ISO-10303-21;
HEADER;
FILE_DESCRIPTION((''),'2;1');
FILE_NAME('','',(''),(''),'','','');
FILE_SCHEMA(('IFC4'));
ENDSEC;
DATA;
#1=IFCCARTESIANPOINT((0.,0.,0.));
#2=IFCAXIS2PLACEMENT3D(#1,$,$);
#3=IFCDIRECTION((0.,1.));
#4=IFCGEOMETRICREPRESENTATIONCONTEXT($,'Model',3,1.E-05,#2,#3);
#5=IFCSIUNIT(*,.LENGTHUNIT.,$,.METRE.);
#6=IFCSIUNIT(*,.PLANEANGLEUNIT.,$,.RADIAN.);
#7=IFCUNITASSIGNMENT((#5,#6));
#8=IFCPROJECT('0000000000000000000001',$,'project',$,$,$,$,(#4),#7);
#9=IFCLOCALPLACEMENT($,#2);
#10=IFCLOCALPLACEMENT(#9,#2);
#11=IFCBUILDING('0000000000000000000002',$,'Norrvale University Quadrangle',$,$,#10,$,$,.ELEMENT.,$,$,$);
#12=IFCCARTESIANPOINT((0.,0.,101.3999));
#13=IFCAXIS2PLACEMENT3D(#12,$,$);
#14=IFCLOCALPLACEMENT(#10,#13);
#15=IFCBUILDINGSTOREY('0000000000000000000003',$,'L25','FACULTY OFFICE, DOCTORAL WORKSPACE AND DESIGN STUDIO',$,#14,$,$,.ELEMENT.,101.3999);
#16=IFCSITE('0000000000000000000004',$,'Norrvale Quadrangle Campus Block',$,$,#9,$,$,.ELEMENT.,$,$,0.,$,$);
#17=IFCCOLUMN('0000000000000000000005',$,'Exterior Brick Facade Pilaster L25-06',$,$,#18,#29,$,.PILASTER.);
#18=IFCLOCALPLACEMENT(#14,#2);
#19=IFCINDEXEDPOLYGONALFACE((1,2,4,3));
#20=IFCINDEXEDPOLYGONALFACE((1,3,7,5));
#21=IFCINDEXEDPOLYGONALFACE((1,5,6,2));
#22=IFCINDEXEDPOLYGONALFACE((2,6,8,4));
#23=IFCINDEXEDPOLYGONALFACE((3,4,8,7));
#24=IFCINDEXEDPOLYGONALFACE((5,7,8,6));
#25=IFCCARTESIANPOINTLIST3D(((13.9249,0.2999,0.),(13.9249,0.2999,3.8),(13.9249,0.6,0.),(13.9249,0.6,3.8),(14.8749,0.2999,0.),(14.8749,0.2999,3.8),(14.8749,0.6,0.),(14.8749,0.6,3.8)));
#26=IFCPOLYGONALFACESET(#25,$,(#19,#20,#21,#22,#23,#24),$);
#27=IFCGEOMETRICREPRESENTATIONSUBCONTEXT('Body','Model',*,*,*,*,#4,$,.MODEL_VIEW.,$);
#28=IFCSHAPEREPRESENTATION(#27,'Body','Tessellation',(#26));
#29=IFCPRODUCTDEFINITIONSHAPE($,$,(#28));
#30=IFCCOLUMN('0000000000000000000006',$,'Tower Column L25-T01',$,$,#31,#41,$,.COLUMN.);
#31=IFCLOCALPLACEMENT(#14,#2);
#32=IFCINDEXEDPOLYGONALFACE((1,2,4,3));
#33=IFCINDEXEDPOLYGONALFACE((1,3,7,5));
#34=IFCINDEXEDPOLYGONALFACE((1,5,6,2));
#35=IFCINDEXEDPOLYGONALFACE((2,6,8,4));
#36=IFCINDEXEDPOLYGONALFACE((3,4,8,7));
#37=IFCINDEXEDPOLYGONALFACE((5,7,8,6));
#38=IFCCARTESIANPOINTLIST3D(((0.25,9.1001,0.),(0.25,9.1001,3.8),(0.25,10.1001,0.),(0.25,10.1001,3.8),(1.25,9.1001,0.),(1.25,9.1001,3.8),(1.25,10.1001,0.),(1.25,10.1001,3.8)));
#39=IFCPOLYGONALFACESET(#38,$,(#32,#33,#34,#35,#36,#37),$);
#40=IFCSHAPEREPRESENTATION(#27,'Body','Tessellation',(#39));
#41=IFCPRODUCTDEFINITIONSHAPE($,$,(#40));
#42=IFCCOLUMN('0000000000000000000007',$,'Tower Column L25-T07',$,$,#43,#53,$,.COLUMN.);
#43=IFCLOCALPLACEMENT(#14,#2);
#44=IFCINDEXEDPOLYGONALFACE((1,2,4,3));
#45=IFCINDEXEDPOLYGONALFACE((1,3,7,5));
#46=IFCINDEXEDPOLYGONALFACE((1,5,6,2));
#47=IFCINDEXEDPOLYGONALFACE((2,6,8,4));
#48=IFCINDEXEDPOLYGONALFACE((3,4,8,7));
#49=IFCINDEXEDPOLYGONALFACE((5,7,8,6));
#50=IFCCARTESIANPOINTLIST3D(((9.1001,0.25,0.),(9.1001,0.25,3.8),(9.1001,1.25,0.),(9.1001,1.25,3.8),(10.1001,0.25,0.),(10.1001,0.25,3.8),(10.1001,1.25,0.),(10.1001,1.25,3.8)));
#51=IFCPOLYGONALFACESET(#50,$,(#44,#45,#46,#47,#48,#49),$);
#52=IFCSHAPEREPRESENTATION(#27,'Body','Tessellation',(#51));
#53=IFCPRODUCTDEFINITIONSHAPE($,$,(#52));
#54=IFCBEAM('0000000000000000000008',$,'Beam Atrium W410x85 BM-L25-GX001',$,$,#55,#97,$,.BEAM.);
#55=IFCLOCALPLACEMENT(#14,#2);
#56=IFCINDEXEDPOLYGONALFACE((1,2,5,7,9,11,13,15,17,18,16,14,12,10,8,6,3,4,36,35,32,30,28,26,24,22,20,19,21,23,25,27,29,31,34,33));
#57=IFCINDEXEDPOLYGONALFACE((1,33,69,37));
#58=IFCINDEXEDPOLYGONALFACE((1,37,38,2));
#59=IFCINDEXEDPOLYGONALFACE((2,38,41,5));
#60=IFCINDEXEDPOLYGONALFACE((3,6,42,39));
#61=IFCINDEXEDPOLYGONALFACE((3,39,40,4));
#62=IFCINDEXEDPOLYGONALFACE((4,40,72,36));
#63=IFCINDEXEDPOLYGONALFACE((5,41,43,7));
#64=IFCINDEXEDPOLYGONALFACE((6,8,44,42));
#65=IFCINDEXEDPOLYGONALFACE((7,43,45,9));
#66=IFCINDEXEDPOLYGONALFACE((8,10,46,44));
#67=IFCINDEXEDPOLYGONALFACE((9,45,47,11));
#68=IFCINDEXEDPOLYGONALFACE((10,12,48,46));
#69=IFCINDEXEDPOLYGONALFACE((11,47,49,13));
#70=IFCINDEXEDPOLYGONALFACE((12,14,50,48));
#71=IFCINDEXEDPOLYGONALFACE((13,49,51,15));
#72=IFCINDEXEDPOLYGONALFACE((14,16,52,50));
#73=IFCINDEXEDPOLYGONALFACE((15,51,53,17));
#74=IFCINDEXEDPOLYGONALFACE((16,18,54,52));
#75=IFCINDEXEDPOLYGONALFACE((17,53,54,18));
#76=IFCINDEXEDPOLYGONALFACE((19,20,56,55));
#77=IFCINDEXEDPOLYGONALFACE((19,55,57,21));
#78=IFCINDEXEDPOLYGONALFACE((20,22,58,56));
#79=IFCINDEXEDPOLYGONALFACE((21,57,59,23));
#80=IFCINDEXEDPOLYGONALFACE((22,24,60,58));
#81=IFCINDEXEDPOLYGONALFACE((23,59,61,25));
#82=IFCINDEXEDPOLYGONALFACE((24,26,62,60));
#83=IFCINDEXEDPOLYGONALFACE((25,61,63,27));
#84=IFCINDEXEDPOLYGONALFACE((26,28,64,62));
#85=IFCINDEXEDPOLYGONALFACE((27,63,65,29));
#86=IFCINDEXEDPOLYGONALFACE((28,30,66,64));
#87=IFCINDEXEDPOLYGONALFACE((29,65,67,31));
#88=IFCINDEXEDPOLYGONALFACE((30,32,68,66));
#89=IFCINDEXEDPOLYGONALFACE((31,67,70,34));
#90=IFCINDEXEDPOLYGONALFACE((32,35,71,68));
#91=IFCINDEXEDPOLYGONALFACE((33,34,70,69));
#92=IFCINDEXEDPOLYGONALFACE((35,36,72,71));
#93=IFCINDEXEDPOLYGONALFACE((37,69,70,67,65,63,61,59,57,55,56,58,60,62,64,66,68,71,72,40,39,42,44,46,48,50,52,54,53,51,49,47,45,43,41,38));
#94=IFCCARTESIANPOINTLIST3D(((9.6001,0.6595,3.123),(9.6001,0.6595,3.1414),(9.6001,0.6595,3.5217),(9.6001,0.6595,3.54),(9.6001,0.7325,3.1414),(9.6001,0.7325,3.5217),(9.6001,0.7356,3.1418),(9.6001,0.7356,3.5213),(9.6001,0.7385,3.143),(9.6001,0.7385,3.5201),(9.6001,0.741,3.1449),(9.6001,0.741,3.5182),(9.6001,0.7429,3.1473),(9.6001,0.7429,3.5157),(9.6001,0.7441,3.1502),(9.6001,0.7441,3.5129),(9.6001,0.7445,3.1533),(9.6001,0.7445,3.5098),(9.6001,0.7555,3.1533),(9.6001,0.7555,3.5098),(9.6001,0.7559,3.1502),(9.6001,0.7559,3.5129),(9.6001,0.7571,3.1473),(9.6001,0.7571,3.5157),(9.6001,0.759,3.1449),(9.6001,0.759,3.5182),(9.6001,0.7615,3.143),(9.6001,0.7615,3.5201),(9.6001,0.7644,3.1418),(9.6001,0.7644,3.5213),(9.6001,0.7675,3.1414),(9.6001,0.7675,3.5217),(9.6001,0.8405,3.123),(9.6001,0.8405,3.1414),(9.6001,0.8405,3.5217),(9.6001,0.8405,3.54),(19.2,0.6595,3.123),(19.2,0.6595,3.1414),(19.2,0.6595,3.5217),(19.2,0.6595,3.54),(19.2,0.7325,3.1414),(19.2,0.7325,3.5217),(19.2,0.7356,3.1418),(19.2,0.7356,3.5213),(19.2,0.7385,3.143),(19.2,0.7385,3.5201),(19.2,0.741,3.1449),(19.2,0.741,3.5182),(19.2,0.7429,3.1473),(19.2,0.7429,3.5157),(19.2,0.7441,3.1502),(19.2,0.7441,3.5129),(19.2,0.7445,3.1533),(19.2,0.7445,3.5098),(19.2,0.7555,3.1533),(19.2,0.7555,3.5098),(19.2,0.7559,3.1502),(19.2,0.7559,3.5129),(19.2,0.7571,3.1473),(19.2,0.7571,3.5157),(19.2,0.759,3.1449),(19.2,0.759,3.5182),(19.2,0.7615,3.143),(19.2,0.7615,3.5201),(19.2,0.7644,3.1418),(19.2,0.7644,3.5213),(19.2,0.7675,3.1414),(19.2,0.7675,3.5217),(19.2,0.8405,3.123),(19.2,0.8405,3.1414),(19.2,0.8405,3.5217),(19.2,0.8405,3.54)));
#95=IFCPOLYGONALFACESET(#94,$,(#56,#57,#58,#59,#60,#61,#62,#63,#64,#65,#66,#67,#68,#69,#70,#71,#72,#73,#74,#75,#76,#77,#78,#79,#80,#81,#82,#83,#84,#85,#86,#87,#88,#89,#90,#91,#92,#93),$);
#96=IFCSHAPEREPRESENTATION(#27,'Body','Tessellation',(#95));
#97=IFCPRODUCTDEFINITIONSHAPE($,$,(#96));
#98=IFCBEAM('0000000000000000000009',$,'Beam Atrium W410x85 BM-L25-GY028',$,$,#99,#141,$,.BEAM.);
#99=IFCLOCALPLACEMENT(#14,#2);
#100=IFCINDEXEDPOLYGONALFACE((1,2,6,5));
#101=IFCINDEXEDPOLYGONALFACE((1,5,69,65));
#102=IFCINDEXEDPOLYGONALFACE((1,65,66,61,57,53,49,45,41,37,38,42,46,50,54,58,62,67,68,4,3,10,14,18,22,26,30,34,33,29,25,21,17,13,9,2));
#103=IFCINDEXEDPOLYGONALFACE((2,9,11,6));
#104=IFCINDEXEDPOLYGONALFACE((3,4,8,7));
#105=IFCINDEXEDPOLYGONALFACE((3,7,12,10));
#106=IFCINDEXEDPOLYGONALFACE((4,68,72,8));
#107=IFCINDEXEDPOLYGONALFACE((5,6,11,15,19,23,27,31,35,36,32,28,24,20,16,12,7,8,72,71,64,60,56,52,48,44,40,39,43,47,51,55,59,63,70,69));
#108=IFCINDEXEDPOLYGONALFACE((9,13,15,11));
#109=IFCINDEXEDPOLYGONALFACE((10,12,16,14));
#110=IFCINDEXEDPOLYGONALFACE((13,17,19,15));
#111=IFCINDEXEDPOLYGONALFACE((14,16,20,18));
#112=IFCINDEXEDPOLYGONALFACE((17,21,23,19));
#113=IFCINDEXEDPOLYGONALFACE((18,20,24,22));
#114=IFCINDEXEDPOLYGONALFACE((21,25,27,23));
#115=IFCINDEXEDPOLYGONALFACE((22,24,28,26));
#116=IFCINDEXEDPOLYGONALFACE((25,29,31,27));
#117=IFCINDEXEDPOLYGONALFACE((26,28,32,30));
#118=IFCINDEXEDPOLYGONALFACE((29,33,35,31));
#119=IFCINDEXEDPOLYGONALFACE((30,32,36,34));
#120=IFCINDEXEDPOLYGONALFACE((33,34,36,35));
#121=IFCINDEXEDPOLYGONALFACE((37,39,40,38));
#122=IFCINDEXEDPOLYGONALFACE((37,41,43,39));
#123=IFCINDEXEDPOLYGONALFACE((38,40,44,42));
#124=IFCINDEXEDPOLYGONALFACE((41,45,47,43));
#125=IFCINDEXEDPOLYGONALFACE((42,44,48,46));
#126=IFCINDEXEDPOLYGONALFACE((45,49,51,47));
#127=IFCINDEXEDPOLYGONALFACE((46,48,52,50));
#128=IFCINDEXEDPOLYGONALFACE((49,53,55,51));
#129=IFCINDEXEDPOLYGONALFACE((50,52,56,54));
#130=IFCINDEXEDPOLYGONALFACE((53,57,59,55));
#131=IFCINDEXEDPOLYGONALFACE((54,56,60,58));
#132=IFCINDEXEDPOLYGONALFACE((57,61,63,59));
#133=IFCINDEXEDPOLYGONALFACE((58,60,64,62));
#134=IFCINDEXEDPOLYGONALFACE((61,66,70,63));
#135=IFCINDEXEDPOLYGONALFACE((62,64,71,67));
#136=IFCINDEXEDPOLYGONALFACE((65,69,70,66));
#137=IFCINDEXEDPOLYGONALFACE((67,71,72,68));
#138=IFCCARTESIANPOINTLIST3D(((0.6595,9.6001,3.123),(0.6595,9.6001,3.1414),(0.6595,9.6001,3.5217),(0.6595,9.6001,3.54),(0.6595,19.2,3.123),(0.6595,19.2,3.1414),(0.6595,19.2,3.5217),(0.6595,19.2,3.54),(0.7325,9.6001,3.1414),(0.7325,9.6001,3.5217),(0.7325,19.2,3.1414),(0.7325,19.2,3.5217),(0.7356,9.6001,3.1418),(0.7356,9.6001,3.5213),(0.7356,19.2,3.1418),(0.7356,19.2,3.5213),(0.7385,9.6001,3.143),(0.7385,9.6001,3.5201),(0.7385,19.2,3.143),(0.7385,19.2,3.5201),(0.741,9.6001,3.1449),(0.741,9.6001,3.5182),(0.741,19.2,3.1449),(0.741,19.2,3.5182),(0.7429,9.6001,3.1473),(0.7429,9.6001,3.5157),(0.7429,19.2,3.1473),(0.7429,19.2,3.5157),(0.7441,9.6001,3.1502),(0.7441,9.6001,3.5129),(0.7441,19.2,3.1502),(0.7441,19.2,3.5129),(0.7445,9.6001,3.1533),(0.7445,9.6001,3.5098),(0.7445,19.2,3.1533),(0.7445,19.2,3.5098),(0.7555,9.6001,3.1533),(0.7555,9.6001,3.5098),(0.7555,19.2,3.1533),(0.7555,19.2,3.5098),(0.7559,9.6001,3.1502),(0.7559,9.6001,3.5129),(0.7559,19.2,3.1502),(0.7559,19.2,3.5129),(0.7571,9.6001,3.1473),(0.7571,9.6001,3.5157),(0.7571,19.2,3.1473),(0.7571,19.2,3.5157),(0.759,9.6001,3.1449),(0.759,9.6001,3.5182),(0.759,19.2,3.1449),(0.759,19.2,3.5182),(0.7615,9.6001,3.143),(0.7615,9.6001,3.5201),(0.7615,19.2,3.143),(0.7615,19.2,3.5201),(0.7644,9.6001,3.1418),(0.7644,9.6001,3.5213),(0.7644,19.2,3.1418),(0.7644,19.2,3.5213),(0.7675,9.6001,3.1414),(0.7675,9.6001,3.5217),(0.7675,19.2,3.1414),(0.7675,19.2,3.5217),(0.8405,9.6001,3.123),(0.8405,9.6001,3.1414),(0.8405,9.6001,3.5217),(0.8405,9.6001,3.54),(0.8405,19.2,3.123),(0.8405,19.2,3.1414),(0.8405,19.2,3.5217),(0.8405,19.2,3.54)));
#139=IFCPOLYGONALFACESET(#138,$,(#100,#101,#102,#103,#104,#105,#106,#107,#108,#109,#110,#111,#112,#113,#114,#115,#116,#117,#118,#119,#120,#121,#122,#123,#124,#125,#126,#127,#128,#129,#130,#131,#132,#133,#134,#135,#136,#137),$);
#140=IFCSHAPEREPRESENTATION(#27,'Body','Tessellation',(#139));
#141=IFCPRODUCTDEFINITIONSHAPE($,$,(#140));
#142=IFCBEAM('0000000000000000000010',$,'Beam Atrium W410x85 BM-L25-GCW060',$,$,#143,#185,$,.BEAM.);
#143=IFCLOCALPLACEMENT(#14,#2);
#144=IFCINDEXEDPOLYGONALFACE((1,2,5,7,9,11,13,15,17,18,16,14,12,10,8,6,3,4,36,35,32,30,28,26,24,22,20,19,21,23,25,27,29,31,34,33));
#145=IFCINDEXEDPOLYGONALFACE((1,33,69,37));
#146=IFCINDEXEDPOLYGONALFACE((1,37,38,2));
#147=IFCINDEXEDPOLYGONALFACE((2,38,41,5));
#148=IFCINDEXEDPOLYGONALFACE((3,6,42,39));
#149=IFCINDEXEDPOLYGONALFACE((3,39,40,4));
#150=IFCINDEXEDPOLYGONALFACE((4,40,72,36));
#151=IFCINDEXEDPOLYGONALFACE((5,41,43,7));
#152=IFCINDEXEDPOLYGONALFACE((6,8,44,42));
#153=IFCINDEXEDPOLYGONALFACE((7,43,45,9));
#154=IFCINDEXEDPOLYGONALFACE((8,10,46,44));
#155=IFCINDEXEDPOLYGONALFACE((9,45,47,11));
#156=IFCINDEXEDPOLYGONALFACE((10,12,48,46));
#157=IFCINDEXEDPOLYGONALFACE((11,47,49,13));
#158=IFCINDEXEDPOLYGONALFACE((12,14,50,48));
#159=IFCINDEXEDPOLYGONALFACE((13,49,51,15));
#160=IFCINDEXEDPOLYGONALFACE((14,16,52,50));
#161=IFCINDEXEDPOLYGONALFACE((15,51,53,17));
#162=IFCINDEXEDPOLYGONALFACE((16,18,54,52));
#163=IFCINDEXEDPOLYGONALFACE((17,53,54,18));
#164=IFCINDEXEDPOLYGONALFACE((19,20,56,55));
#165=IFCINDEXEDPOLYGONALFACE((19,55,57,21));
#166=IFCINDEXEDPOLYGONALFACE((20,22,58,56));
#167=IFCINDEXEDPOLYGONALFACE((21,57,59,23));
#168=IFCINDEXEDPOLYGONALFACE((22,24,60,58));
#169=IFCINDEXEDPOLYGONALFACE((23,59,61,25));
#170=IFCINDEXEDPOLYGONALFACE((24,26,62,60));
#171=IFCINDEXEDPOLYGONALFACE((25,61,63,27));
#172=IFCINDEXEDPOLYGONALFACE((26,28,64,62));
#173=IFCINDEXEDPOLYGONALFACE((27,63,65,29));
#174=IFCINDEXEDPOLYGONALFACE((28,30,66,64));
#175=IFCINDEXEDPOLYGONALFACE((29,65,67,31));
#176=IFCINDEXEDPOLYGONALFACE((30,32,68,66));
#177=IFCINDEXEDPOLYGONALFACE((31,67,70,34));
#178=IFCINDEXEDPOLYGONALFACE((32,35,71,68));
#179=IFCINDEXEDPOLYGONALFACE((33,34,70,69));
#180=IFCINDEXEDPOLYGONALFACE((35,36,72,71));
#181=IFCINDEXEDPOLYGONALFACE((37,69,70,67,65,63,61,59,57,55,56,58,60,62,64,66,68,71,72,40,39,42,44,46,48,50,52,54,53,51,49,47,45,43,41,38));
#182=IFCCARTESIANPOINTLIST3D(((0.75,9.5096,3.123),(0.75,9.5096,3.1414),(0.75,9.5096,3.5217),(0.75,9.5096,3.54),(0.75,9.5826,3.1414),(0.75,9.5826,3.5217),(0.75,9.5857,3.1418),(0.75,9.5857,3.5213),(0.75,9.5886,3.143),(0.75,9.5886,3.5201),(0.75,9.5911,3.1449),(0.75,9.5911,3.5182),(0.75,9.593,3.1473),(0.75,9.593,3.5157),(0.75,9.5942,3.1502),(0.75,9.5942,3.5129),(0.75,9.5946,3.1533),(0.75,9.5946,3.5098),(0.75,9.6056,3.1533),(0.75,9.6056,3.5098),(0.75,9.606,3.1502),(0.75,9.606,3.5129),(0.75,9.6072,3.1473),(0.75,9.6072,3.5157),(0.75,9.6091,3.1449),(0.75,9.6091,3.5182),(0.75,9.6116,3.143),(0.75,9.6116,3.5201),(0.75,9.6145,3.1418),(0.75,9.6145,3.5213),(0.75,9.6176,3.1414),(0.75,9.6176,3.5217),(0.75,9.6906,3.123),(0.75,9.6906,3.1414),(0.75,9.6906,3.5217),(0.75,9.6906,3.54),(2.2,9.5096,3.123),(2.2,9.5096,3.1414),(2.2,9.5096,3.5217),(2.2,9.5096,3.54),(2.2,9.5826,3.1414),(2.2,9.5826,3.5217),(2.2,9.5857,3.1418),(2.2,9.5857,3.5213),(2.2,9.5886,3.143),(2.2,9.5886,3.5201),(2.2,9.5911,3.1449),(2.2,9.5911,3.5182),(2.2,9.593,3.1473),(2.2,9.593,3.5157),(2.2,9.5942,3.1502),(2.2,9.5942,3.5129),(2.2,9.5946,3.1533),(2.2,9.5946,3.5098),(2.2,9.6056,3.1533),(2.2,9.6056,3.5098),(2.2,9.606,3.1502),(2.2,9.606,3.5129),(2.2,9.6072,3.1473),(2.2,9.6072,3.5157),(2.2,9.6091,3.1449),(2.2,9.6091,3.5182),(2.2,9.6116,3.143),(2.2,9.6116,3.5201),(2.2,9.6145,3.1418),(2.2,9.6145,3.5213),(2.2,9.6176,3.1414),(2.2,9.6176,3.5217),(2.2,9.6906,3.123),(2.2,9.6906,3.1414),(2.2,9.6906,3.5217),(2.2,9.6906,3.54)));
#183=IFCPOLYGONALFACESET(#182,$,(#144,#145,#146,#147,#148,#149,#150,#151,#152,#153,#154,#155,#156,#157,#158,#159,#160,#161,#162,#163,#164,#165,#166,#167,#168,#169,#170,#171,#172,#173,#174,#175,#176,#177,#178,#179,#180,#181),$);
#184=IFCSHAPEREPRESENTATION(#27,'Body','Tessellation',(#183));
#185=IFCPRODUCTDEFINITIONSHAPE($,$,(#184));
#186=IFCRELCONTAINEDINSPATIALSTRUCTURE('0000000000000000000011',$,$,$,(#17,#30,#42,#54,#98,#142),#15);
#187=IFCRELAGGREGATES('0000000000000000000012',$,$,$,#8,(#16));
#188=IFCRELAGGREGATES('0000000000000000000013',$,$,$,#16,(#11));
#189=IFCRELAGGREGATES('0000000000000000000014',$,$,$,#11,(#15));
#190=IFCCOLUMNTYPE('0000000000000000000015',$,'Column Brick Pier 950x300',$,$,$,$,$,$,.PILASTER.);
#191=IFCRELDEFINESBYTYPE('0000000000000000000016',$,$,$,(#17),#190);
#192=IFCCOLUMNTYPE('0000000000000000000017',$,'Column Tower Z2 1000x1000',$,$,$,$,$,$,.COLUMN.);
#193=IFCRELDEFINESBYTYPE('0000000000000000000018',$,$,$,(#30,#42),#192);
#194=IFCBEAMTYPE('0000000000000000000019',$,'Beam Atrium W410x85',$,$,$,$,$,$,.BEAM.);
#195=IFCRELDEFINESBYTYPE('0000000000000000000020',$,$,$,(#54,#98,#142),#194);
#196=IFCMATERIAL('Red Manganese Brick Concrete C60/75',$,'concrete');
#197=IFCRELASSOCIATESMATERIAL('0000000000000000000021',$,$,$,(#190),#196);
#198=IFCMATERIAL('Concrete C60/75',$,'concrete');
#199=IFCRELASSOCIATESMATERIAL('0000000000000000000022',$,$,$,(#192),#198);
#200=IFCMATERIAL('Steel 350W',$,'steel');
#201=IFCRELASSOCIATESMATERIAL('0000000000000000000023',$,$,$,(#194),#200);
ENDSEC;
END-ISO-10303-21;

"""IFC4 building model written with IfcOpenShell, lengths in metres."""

from ifc_helpers import new_model, si_unit, direction, frame, origin, origin_2d, place, context, subcontext, project, spatial, rectangle, i_section, extrude, material, material_profile, profile_set, type_object, element, save


model = new_model("IFC4")

# Units and contexts
model_context = context("Model", 3, precision=1e-05, world=origin(), true_north=direction((0.0, 1.0)))
body_context = subcontext(model_context, "Body", "Model", "MODEL_VIEW")
ifc_project = project(units=[si_unit("LENGTHUNIT", "METRE"), si_unit("PLANEANGLEUNIT", "RADIAN")], contexts=[model_context])

# Site, building, storey
site_placement = place(None, origin())
site = spatial("IfcSite", under=ifc_project, at=site_placement, Name="Norrvale Quadrangle Campus Block", CompositionType="ELEMENT", RefElevation=0.0)
building_placement = place(site_placement, origin())
building = spatial("IfcBuilding", under=site, at=building_placement, Name="Norrvale University Quadrangle", CompositionType="ELEMENT")
storey_placement = place(building_placement, frame((0.0, 0.0, 101.3999)))
storey = spatial("IfcBuildingStorey", under=building, at=storey_placement, Name="L25", Description="FACULTY OFFICE, DOCTORAL WORKSPACE AND DESIGN STUDIO", CompositionType="ELEMENT", Elevation=101.3999)

# Columns
ifc_material_1 = material(Name="Red Manganese Brick Concrete C60/75", Category="concrete")
ifc_material_profile_1 = material_profile(ifc_material_1, rectangle(XDim=0.95, YDim=0.3, at=origin_2d()), Name="Red Manganese Brick Concrete C60/75")
ifc_profile_set_1 = profile_set([ifc_material_profile_1], Name="Red Manganese Brick Concrete C60/75")
column_type_1 = type_object("IfcColumnType", Name="Column Brick Pier 950x300", PredefinedType="PILASTER", material=ifc_profile_set_1)
column_placement = place(storey_placement, frame((14.3999, 0.45, 0.0), z_axis=(0.0, 0.0, 1.0), x_axis=(1.0, 0.0, 0.0)))
element("IfcColumn", 1, at=column_placement, inside=storey, type_object=column_type_1, Name="Exterior Brick Facade Pilaster L25-06", PredefinedType="PILASTER", context=body_context, shape_type="SweptSolid", body=[
    extrude(rectangle(XDim=0.95, YDim=0.3, at=origin_2d()), origin(), (0.0, 0.0, 1.0), 3.8),
])
ifc_material_2 = material(Name="Concrete C60/75", Category="concrete")
ifc_material_profile_2 = material_profile(ifc_material_2, rectangle(XDim=1.0, YDim=1.0, at=origin_2d()), Name="Concrete C60/75")
ifc_profile_set_2 = profile_set([ifc_material_profile_2], Name="Concrete C60/75")
column_type_2 = type_object("IfcColumnType", Name="Column Tower Z2 1000x1000", PredefinedType="COLUMN", material=ifc_profile_set_2)
for number, where, z_axis, x_axis, name in (
    (2, (0.75, 9.6001, 0.0), (0.0, 0.0, 1.0), (1.0, 0.0, 0.0), "Tower Column L25-T01"),
    (3, (9.6001, 0.75, 0.0), (0.0, 0.0, 1.0), (1.0, 0.0, 0.0), "Tower Column L25-T07"),
):
    element("IfcColumn", number, at=place(storey_placement, frame(where, z_axis=z_axis, x_axis=x_axis)), inside=storey, type_object=column_type_2, Name=name, PredefinedType="COLUMN", context=body_context, shape_type="SweptSolid", body=[
        extrude(rectangle(XDim=1.0, YDim=1.0, at=origin_2d()), origin(), (0.0, 0.0, 1.0), 3.8),
    ])

# Beams
ifc_material_3 = material(Name="Steel 350W", Category="steel")
ifc_material_profile_3 = material_profile(ifc_material_3, i_section(OverallWidth=0.1809, OverallDepth=0.417, WebThickness=0.011, FlangeThickness=0.0183, FilletRadius=0.012, at=origin_2d()), Name="Steel 350W")
ifc_profile_set_3 = profile_set([ifc_material_profile_3], Name="Steel 350W")
beam_type_1 = type_object("IfcBeamType", Name="Beam Atrium W410x85", PredefinedType="BEAM", material=ifc_profile_set_3)
for number, where, z_axis, x_axis, name in (
    (4, (9.6001, 0.75, 3.3315), (1.0, 0.0, 0.0), (0.0, 1.0, 0.0), "Beam Atrium W410x85 BM-L25-GX001"),
    (5, (0.75, 9.6001, 3.3315), (0.0, 1.0, 0.0), (-1.0, 0.0, 0.0), "Beam Atrium W410x85 BM-L25-GY028"),
):
    element("IfcBeam", number, at=place(storey_placement, frame(where, z_axis=z_axis, x_axis=x_axis)), inside=storey, type_object=beam_type_1, Name=name, PredefinedType="BEAM", context=body_context, shape_type="SweptSolid", body=[
        extrude(i_section(OverallWidth=0.1809, OverallDepth=0.417, WebThickness=0.011, FlangeThickness=0.0183, FilletRadius=0.012, at=origin_2d()), origin(), (0.0, 0.0, 1.0), 9.5999),
    ])
beam_1_placement = place(storey_placement, frame((0.75, 9.6001, 3.3315), z_axis=(1.0, 0.0, 0.0), x_axis=(0.0, 1.0, 0.0)))
element("IfcBeam", 6, at=beam_1_placement, inside=storey, type_object=beam_type_1, Name="Beam Atrium W410x85 BM-L25-GCW060", PredefinedType="BEAM", context=body_context, shape_type="SweptSolid", body=[
    extrude(i_section(OverallWidth=0.1809, OverallDepth=0.417, WebThickness=0.011, FlangeThickness=0.0183, FilletRadius=0.012, at=origin_2d()), origin(), (0.0, 0.0, 1.0), 1.45),
])

save(model, "model.ifc")
